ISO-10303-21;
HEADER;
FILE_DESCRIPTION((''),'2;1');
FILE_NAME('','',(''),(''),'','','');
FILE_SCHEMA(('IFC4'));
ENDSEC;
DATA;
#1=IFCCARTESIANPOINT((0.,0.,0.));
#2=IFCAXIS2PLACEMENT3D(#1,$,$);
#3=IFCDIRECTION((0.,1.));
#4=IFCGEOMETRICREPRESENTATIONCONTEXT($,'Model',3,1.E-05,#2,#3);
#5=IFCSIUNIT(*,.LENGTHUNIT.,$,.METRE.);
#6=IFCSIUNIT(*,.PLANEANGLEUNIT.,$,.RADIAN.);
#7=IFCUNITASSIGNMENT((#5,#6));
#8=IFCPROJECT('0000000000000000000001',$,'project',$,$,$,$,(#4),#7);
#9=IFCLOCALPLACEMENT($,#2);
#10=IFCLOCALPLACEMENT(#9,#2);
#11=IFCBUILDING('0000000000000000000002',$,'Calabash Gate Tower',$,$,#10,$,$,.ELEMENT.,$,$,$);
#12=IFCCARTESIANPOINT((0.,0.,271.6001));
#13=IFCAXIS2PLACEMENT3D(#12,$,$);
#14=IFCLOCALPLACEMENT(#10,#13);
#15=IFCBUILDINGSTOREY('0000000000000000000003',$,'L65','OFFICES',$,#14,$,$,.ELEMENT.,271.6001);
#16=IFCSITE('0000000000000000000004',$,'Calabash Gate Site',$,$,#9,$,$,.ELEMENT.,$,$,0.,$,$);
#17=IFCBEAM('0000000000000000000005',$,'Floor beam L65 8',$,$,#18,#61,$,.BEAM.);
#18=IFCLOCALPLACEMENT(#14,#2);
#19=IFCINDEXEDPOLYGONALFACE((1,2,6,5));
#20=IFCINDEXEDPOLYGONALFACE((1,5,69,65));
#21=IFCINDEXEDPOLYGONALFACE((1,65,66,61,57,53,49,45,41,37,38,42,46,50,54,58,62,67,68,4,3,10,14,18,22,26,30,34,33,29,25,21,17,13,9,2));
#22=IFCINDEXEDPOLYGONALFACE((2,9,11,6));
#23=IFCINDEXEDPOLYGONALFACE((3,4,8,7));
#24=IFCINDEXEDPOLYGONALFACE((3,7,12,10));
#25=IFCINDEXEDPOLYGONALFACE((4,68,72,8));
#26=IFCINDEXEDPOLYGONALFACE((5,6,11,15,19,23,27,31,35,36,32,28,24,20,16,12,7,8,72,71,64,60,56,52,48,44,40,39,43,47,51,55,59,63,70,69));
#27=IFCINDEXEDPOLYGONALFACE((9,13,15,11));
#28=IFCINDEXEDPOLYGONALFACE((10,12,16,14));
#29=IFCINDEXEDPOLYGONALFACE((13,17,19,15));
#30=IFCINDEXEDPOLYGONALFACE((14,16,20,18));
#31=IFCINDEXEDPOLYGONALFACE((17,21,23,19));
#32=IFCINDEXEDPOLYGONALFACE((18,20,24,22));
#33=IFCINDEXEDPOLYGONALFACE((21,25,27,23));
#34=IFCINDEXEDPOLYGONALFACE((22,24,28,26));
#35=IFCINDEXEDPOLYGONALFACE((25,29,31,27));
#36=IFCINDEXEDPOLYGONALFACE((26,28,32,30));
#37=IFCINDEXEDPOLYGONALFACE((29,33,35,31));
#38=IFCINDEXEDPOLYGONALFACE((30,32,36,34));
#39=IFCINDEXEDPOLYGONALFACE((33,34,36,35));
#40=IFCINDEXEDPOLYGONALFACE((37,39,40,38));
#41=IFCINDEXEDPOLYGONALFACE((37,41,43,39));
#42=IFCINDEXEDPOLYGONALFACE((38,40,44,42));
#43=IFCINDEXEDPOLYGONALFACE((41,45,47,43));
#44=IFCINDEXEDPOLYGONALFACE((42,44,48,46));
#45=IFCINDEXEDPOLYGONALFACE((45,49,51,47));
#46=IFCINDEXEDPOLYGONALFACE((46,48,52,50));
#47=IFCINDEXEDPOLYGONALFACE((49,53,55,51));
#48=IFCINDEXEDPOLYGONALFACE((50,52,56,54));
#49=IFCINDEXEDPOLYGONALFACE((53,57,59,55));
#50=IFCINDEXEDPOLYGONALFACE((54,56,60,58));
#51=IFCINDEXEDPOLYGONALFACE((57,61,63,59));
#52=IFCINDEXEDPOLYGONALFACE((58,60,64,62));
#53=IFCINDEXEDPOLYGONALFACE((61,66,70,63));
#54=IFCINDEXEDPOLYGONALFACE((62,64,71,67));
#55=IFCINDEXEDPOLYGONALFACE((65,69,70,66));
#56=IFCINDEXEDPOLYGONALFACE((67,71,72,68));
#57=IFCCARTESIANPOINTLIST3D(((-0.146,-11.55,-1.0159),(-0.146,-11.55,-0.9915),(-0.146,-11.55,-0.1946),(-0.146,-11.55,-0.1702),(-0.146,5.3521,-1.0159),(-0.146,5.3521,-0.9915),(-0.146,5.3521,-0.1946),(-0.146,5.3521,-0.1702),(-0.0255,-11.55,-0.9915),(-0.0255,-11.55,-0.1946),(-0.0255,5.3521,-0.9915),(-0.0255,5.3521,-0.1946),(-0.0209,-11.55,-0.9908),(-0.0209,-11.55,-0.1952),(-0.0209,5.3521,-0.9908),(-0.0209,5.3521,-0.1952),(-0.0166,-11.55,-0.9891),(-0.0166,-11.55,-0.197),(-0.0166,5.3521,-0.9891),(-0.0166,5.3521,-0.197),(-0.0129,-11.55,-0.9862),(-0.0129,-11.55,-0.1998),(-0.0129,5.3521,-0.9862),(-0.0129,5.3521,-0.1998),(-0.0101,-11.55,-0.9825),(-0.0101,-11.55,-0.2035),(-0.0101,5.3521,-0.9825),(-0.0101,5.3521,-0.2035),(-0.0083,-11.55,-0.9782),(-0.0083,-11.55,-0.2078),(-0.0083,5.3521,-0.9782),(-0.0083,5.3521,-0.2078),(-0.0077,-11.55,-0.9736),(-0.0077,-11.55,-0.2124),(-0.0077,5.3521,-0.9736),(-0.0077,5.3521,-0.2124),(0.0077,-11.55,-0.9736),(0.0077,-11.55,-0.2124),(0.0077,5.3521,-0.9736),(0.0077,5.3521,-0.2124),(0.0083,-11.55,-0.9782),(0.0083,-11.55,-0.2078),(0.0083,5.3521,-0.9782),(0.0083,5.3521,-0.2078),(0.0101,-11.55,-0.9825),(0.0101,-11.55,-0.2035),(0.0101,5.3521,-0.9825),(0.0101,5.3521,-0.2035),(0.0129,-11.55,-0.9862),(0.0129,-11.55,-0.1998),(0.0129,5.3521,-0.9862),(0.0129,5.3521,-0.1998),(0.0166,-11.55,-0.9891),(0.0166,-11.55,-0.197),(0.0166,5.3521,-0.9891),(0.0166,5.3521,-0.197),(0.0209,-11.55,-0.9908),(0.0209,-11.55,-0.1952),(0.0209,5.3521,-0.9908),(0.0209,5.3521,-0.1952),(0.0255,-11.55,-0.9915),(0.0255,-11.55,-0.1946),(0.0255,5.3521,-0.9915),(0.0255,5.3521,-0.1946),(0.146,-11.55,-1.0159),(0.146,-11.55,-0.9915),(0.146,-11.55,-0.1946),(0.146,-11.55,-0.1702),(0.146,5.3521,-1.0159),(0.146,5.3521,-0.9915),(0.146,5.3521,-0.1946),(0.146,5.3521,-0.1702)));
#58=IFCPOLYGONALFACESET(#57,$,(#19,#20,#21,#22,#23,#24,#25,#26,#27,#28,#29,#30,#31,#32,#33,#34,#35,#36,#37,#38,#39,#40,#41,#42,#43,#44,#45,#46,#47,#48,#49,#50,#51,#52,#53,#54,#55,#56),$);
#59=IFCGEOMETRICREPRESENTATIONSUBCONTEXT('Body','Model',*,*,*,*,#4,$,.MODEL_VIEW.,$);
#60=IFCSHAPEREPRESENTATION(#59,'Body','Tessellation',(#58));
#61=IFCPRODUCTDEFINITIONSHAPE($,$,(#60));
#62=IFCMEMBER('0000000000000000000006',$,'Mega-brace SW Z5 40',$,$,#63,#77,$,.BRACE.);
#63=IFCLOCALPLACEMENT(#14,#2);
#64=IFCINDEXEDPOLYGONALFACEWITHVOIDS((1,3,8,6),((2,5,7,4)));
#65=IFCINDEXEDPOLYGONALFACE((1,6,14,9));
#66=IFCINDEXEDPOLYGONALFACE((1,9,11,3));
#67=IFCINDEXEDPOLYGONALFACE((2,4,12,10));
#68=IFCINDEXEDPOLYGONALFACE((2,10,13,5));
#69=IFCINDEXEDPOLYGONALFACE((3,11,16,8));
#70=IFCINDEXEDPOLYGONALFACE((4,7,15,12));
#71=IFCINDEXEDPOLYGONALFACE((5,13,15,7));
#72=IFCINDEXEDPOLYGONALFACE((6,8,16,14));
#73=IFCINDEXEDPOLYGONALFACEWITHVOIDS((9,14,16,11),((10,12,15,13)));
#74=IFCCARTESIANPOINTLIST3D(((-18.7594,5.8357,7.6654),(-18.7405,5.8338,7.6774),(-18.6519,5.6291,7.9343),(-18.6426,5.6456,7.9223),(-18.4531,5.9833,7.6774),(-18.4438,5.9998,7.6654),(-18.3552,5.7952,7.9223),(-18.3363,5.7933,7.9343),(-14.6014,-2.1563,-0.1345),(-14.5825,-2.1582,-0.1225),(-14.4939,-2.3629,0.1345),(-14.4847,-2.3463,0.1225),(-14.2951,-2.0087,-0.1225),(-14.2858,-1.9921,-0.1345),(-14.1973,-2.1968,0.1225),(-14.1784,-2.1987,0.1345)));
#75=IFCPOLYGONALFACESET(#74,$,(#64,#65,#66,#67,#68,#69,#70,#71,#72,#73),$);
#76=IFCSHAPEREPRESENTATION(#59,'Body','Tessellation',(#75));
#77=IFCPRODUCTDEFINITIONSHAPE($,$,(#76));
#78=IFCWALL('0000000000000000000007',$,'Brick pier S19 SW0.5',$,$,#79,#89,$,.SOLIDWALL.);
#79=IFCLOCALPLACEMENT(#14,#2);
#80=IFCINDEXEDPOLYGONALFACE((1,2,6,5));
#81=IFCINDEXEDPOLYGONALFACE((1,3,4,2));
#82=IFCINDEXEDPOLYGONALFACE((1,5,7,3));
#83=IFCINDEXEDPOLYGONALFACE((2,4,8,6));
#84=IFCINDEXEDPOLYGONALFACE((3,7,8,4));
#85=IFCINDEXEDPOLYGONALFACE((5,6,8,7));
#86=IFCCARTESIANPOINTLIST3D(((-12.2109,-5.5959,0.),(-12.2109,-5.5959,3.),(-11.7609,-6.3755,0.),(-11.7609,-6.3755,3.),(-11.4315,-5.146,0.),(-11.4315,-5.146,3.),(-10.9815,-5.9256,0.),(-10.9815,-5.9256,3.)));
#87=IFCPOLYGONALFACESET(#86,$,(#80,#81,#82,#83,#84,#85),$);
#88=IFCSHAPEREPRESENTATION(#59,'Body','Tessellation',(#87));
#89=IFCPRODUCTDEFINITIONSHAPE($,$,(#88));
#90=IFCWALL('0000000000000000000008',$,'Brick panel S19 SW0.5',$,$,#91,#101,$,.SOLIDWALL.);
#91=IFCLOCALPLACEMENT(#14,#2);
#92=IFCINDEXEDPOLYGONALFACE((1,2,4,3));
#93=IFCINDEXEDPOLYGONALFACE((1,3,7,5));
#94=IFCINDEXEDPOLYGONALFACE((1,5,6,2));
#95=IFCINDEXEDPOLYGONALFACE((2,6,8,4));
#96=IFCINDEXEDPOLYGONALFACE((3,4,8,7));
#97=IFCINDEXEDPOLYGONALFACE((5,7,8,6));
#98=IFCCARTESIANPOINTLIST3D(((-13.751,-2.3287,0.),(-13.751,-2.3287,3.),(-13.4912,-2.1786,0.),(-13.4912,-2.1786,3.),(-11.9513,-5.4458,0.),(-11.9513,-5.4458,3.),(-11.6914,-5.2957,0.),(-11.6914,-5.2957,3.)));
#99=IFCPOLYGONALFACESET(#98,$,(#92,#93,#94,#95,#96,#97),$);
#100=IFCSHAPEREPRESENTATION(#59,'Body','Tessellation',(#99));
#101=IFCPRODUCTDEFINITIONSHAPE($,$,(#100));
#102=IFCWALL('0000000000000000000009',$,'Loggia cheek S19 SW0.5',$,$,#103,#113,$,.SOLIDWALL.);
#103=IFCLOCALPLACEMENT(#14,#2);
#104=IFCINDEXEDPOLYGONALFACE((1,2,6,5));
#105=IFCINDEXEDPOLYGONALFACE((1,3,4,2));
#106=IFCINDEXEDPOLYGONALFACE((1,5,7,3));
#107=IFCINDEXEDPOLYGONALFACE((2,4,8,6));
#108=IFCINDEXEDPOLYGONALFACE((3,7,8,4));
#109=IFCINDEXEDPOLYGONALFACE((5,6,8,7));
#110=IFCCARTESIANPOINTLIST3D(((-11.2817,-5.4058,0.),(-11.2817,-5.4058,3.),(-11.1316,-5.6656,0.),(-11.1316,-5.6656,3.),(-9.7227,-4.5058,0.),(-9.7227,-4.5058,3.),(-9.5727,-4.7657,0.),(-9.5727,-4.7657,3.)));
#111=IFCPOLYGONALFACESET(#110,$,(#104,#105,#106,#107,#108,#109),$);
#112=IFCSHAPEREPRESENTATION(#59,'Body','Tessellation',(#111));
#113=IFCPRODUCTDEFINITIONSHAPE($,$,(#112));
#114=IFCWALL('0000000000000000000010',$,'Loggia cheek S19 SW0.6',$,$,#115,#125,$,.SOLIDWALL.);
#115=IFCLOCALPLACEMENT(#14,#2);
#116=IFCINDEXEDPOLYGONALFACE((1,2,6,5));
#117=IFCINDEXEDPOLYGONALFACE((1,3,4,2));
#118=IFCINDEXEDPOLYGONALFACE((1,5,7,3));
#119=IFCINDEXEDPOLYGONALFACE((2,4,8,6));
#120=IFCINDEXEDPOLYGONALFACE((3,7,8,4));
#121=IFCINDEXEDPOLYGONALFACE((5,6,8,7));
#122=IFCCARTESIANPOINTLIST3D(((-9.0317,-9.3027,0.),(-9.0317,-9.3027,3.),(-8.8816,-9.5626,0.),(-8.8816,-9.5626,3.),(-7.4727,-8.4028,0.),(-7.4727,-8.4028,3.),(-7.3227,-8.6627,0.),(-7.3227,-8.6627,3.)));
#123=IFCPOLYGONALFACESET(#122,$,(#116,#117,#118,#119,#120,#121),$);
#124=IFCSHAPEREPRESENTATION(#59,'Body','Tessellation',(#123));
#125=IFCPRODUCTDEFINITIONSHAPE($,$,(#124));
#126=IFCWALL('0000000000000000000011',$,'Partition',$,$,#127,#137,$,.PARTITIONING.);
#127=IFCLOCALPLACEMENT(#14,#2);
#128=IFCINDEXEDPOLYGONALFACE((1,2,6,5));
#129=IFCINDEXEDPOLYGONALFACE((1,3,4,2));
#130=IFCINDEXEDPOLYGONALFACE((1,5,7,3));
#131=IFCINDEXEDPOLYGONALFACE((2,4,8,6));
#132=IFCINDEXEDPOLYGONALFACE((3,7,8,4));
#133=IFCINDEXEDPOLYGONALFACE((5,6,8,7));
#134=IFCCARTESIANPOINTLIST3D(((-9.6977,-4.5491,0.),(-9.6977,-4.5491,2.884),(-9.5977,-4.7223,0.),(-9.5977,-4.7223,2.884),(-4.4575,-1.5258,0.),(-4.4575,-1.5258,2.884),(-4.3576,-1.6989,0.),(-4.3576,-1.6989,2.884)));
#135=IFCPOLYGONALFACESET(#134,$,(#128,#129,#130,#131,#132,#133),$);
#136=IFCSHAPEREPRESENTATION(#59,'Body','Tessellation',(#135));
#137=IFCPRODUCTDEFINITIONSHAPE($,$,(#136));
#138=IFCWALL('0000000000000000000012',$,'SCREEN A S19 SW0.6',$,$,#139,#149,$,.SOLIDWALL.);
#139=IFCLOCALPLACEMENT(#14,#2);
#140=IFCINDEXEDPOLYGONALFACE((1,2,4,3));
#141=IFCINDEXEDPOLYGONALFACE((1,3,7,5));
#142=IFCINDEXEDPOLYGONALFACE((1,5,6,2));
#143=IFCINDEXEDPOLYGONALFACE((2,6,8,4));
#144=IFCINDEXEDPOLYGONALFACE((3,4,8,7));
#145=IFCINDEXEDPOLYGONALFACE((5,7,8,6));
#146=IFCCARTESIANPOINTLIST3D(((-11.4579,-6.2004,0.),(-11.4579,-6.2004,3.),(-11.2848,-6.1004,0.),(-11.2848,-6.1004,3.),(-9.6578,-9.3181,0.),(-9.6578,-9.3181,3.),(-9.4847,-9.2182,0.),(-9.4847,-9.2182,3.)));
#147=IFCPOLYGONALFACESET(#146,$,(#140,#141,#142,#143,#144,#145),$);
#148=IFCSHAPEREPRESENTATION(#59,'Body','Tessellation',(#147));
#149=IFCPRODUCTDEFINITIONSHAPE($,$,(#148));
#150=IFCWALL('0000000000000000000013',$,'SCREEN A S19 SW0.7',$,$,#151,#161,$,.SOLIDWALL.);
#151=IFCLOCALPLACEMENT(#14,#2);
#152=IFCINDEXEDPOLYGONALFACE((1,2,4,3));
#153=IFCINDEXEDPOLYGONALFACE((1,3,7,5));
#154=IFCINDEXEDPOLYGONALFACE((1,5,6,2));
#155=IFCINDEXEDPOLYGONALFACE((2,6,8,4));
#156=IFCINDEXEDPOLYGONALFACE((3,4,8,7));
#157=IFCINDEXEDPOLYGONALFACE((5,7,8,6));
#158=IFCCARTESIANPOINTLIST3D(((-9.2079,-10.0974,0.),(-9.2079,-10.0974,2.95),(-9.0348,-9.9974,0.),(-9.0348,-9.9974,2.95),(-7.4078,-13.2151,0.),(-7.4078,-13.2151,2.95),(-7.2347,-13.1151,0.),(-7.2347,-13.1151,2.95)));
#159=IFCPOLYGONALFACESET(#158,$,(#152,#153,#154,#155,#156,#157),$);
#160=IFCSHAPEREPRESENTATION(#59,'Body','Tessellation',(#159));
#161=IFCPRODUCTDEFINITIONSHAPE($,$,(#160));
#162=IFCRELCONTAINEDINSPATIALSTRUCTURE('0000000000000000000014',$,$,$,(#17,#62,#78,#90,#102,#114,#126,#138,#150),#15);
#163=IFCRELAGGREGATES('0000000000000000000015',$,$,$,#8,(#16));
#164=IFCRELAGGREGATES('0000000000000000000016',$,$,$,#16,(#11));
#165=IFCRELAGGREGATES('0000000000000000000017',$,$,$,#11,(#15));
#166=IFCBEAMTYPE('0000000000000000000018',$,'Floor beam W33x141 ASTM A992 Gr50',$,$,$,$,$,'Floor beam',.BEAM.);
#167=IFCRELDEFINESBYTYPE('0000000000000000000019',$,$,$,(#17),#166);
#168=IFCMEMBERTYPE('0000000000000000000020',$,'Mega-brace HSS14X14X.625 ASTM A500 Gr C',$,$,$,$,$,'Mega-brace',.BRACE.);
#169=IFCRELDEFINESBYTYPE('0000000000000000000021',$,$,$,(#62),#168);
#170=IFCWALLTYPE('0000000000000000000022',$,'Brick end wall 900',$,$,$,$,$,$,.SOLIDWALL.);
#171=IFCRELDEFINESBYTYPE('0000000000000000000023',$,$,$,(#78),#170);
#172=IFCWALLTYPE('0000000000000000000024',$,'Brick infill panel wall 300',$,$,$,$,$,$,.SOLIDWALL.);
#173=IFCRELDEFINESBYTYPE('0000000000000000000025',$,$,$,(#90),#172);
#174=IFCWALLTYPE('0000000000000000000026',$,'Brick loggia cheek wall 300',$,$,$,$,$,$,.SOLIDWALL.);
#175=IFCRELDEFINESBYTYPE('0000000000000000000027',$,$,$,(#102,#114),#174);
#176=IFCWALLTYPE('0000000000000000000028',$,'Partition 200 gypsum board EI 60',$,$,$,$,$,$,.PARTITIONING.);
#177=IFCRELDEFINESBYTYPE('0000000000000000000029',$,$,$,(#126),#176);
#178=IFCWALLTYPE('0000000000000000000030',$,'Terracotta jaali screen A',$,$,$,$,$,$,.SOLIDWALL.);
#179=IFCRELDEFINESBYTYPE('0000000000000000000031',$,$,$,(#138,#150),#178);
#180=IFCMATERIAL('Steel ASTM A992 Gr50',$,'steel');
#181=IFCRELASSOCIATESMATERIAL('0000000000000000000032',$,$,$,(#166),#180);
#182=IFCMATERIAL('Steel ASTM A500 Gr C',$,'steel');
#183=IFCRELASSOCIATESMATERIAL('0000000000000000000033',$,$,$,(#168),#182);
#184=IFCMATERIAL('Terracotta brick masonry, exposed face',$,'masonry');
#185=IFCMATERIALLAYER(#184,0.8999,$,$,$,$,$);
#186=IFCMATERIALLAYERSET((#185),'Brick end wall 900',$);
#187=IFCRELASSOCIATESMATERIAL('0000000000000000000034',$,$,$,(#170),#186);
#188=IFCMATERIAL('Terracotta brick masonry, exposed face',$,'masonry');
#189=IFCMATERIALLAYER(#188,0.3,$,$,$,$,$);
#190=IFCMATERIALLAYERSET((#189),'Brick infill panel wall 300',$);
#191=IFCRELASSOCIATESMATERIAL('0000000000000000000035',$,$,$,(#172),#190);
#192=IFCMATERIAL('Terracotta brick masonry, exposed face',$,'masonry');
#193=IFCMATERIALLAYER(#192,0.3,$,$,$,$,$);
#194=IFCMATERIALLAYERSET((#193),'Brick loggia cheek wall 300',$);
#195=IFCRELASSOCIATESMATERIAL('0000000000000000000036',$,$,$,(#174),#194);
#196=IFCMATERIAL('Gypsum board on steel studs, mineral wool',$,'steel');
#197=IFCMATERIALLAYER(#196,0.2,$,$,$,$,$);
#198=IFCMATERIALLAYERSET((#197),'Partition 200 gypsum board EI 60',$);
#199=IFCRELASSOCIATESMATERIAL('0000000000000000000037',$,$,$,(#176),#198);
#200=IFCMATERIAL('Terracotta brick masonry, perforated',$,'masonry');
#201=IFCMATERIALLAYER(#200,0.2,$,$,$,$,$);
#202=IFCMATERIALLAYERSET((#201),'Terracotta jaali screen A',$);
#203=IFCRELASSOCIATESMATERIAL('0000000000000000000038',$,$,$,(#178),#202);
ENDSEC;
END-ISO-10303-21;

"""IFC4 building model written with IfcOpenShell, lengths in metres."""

from ifc_helpers import new_model, si_unit, direction, frame, frame_2d, origin, origin_2d, place, context, subcontext, project, spatial, rectangle, hollow_rectangle, i_section, extrude, material, layer, layer_set, material_profile, profile_set, type_object, element, save


model = new_model("IFC4")

# Units and contexts
model_context = context("Model", 3, precision=1e-05, world=origin(), true_north=direction((0.0, 1.0)))
body_context = subcontext(model_context, "Body", "Model", "MODEL_VIEW")
ifc_project = project(units=[si_unit("LENGTHUNIT", "METRE"), si_unit("PLANEANGLEUNIT", "RADIAN")], contexts=[model_context])

# Site, building, storey
site_placement = place(None, origin())
site = spatial("IfcSite", under=ifc_project, at=site_placement, Name="Calabash Gate Site", CompositionType="ELEMENT", RefElevation=0.0)
building_placement = place(site_placement, origin())
building = spatial("IfcBuilding", under=site, at=building_placement, Name="Calabash Gate Tower", CompositionType="ELEMENT")
storey_placement = place(building_placement, frame((0.0, 0.0, 271.6001)))
storey = spatial("IfcBuildingStorey", under=building, at=storey_placement, Name="L65", Description="OFFICES", CompositionType="ELEMENT", Elevation=271.6001)

# Beam
ifc_material_1 = material(Name="Steel ASTM A992 Gr50", Category="steel")
ifc_material_profile_1 = material_profile(ifc_material_1, i_section(OverallWidth=0.292, OverallDepth=0.8457, WebThickness=0.0154, FlangeThickness=0.0244, FilletRadius=0.0178, at=origin_2d()))
ifc_profile_set_1 = profile_set([ifc_material_profile_1], Name="Steel ASTM A992 Gr50")
beam_type_1 = type_object("IfcBeamType", Name="Floor beam W33x141 ASTM A992 Gr50", ElementType="Floor beam", PredefinedType="BEAM", material=ifc_profile_set_1)
beam_1_placement = place(storey_placement, frame((0.0, -11.55, -0.593), z_axis=(0.0, 1.0, 0.0), x_axis=(-1.0, 0.0, 0.0)))
element("IfcBeam", 1, at=beam_1_placement, inside=storey, type_object=beam_type_1, Name="Floor beam L65 8", PredefinedType="BEAM", context=body_context, shape_type="SweptSolid", body=[
    extrude(i_section(OverallWidth=0.292, OverallDepth=0.8457, WebThickness=0.0154, FlangeThickness=0.0244, FilletRadius=0.0178, at=origin_2d()), origin(), (0.0, 0.0, 1.0), 16.9021),
])

# Member
ifc_material_2 = material(Name="Steel ASTM A500 Gr C", Category="steel")
ifc_material_profile_2 = material_profile(ifc_material_2, hollow_rectangle(XDim=0.3557, YDim=0.3557, WallThickness=0.0159, at=origin_2d()))
ifc_profile_set_2 = profile_set([ifc_material_profile_2], Name="Steel ASTM A500 Gr C")
member_type = type_object("IfcMemberType", Name="Mega-brace HSS14X14X.625 ASTM A500 Gr C", ElementType="Mega-brace", PredefinedType="BRACE", material=ifc_profile_set_2)
member_placement = place(storey_placement, frame((-14.3899, -2.1775, 0.0), z_axis=(-0.348932, 0.670677, 0.654553), x_axis=(-0.887119, -0.46154, 0.0)))
element("IfcMember", 2, at=member_placement, inside=storey, type_object=member_type, Name="Mega-brace SW Z5 40", PredefinedType="BRACE", context=body_context, shape_type="SweptSolid", body=[
    extrude(hollow_rectangle(XDim=0.3557, YDim=0.3557, WallThickness=0.0159, at=origin_2d()), origin(), (0.0, 0.0, 1.0), 11.9163),
])

# Walls
ifc_material_3 = material(Name="Terracotta brick masonry, exposed face", Category="masonry")
ifc_layer_1 = layer(ifc_material_3, 0.8999)
ifc_layer_set_1 = layer_set([ifc_layer_1], Name="Brick end wall 900")
wall_type_1 = type_object("IfcWallType", Name="Brick end wall 900", PredefinedType="SOLIDWALL", material=ifc_layer_set_1)
wall_1_placement = place(storey_placement, frame((-11.8213, -5.3708, 0.0), z_axis=(0.0, 0.0, 1.0), x_axis=(0.499902, -0.866082, 0.0)))
element("IfcWall", 3, at=wall_1_placement, inside=storey, type_object=wall_type_1, Name="Brick pier S19 SW0.5", PredefinedType="SOLIDWALL", context=body_context, shape_type="SweptSolid", body=[
    extrude(rectangle(XDim=0.9001, YDim=0.8999, at=frame_2d((0.4502, 0.0))), origin(), (0.0, 0.0, 1.0), 3.0),
])
ifc_material_4 = material(Name="Terracotta brick masonry, exposed face", Category="masonry")
ifc_layer_2 = layer(ifc_material_4, 0.3)
ifc_layer_set_2 = layer_set([ifc_layer_2], Name="Brick infill panel wall 300")
wall_type_2 = type_object("IfcWallType", Name="Brick infill panel wall 300", PredefinedType="SOLIDWALL", material=ifc_layer_set_2)
wall_2_placement = place(storey_placement, frame((-11.8213, -5.3708, 0.0), z_axis=(0.0, 0.0, 1.0), x_axis=(-0.50002, 0.866014, 0.0)))
element("IfcWall", 4, at=wall_2_placement, inside=storey, type_object=wall_type_2, Name="Brick panel S19 SW0.5", PredefinedType="SOLIDWALL", context=body_context, shape_type="SweptSolid", body=[
    extrude(rectangle(XDim=3.5994, YDim=0.3, at=frame_2d((1.7998, 0.0))), origin(), (0.0, 0.0, 1.0), 3.0),
])
ifc_material_5 = material(Name="Terracotta brick masonry, exposed face", Category="masonry")
ifc_layer_3 = layer(ifc_material_5, 0.3)
ifc_layer_set_3 = layer_set([ifc_layer_3], Name="Brick loggia cheek wall 300")
wall_type_3 = type_object("IfcWallType", Name="Brick loggia cheek wall 300", PredefinedType="SOLIDWALL", material=ifc_layer_set_3)
for number, where, z_axis, x_axis, name in (
    (5, (-11.2065, -5.5356, 0.0), (0.0, 0.0, 1.0), (0.866048, 0.499961, 0.0), "Loggia cheek S19 SW0.5"),
    (6, (-8.9565, -9.4326, 0.0), (0.0, 0.0, 1.0), (0.866048, 0.499961, 0.0), "Loggia cheek S19 SW0.6"),
):
    element("IfcWall", number, at=place(storey_placement, frame(where, z_axis=z_axis, x_axis=x_axis)), inside=storey, type_object=wall_type_3, Name=name, PredefinedType="SOLIDWALL", context=body_context, shape_type="SweptSolid", body=[
        extrude(rectangle(XDim=1.8, YDim=0.3, at=frame_2d((0.8999, 0.0))), origin(), (0.0, 0.0, 1.0), 3.0),
    ])
ifc_material_6 = material(Name="Gypsum board on steel studs, mineral wool", Category="steel")
ifc_layer_4 = layer(ifc_material_6, 0.2)
ifc_layer_set_4 = layer_set([ifc_layer_4], Name="Partition 200 gypsum board EI 60")
wall_type_4 = type_object("IfcWallType", Name="Partition 200 gypsum board EI 60", PredefinedType="PARTITIONING", material=ifc_layer_set_4)
wall_3_placement = place(storey_placement, frame((-9.6477, -4.6357, 0.0), z_axis=(0.0, 0.0, 1.0), x_axis=(0.866169, 0.49975, 0.0)))
element("IfcWall", 7, at=wall_3_placement, inside=storey, type_object=wall_type_4, Name="Partition", PredefinedType="PARTITIONING", context=body_context, shape_type="SweptSolid", body=[
    extrude(rectangle(XDim=6.0498, YDim=0.2, at=frame_2d((3.0249, 0.0))), origin(), (0.0, 0.0, 1.0), 2.884),
])
ifc_material_7 = material(Name="Terracotta brick masonry, perforated", Category="masonry")
ifc_layer_5 = layer(ifc_material_7, 0.2)
ifc_layer_set_5 = layer_set([ifc_layer_5], Name="Terracotta jaali screen A")
wall_type_5 = type_object("IfcWallType", Name="Terracotta jaali screen A", PredefinedType="SOLIDWALL", material=ifc_layer_set_5)
wall_4_placement = place(storey_placement, frame((-11.3713, -6.1504, 0.0), z_axis=(0.0, 0.0, 1.0), x_axis=(0.500012, -0.866018, 0.0)))
element("IfcWall", 8, at=wall_4_placement, inside=storey, type_object=wall_type_5, Name="SCREEN A S19 SW0.6", PredefinedType="SOLIDWALL", context=body_context, shape_type="SweptSolid", body=[
    extrude(rectangle(XDim=3.6001, YDim=0.2, at=frame_2d((1.8, 0.0))), origin(), (0.0, 0.0, 1.0), 3.0),
])
wall_5_placement = place(storey_placement, frame((-9.1213, -10.0474, 0.0), z_axis=(0.0, 0.0, 1.0), x_axis=(0.500012, -0.866018, 0.0)))
element("IfcWall", 9, at=wall_5_placement, inside=storey, type_object=wall_type_5, Name="SCREEN A S19 SW0.7", PredefinedType="SOLIDWALL", context=body_context, shape_type="SweptSolid", body=[
    extrude(rectangle(XDim=3.6001, YDim=0.2, at=frame_2d((1.8, 0.0))), origin(), (0.0, 0.0, 1.0), 2.95),
])

save(model, "model.ifc")
